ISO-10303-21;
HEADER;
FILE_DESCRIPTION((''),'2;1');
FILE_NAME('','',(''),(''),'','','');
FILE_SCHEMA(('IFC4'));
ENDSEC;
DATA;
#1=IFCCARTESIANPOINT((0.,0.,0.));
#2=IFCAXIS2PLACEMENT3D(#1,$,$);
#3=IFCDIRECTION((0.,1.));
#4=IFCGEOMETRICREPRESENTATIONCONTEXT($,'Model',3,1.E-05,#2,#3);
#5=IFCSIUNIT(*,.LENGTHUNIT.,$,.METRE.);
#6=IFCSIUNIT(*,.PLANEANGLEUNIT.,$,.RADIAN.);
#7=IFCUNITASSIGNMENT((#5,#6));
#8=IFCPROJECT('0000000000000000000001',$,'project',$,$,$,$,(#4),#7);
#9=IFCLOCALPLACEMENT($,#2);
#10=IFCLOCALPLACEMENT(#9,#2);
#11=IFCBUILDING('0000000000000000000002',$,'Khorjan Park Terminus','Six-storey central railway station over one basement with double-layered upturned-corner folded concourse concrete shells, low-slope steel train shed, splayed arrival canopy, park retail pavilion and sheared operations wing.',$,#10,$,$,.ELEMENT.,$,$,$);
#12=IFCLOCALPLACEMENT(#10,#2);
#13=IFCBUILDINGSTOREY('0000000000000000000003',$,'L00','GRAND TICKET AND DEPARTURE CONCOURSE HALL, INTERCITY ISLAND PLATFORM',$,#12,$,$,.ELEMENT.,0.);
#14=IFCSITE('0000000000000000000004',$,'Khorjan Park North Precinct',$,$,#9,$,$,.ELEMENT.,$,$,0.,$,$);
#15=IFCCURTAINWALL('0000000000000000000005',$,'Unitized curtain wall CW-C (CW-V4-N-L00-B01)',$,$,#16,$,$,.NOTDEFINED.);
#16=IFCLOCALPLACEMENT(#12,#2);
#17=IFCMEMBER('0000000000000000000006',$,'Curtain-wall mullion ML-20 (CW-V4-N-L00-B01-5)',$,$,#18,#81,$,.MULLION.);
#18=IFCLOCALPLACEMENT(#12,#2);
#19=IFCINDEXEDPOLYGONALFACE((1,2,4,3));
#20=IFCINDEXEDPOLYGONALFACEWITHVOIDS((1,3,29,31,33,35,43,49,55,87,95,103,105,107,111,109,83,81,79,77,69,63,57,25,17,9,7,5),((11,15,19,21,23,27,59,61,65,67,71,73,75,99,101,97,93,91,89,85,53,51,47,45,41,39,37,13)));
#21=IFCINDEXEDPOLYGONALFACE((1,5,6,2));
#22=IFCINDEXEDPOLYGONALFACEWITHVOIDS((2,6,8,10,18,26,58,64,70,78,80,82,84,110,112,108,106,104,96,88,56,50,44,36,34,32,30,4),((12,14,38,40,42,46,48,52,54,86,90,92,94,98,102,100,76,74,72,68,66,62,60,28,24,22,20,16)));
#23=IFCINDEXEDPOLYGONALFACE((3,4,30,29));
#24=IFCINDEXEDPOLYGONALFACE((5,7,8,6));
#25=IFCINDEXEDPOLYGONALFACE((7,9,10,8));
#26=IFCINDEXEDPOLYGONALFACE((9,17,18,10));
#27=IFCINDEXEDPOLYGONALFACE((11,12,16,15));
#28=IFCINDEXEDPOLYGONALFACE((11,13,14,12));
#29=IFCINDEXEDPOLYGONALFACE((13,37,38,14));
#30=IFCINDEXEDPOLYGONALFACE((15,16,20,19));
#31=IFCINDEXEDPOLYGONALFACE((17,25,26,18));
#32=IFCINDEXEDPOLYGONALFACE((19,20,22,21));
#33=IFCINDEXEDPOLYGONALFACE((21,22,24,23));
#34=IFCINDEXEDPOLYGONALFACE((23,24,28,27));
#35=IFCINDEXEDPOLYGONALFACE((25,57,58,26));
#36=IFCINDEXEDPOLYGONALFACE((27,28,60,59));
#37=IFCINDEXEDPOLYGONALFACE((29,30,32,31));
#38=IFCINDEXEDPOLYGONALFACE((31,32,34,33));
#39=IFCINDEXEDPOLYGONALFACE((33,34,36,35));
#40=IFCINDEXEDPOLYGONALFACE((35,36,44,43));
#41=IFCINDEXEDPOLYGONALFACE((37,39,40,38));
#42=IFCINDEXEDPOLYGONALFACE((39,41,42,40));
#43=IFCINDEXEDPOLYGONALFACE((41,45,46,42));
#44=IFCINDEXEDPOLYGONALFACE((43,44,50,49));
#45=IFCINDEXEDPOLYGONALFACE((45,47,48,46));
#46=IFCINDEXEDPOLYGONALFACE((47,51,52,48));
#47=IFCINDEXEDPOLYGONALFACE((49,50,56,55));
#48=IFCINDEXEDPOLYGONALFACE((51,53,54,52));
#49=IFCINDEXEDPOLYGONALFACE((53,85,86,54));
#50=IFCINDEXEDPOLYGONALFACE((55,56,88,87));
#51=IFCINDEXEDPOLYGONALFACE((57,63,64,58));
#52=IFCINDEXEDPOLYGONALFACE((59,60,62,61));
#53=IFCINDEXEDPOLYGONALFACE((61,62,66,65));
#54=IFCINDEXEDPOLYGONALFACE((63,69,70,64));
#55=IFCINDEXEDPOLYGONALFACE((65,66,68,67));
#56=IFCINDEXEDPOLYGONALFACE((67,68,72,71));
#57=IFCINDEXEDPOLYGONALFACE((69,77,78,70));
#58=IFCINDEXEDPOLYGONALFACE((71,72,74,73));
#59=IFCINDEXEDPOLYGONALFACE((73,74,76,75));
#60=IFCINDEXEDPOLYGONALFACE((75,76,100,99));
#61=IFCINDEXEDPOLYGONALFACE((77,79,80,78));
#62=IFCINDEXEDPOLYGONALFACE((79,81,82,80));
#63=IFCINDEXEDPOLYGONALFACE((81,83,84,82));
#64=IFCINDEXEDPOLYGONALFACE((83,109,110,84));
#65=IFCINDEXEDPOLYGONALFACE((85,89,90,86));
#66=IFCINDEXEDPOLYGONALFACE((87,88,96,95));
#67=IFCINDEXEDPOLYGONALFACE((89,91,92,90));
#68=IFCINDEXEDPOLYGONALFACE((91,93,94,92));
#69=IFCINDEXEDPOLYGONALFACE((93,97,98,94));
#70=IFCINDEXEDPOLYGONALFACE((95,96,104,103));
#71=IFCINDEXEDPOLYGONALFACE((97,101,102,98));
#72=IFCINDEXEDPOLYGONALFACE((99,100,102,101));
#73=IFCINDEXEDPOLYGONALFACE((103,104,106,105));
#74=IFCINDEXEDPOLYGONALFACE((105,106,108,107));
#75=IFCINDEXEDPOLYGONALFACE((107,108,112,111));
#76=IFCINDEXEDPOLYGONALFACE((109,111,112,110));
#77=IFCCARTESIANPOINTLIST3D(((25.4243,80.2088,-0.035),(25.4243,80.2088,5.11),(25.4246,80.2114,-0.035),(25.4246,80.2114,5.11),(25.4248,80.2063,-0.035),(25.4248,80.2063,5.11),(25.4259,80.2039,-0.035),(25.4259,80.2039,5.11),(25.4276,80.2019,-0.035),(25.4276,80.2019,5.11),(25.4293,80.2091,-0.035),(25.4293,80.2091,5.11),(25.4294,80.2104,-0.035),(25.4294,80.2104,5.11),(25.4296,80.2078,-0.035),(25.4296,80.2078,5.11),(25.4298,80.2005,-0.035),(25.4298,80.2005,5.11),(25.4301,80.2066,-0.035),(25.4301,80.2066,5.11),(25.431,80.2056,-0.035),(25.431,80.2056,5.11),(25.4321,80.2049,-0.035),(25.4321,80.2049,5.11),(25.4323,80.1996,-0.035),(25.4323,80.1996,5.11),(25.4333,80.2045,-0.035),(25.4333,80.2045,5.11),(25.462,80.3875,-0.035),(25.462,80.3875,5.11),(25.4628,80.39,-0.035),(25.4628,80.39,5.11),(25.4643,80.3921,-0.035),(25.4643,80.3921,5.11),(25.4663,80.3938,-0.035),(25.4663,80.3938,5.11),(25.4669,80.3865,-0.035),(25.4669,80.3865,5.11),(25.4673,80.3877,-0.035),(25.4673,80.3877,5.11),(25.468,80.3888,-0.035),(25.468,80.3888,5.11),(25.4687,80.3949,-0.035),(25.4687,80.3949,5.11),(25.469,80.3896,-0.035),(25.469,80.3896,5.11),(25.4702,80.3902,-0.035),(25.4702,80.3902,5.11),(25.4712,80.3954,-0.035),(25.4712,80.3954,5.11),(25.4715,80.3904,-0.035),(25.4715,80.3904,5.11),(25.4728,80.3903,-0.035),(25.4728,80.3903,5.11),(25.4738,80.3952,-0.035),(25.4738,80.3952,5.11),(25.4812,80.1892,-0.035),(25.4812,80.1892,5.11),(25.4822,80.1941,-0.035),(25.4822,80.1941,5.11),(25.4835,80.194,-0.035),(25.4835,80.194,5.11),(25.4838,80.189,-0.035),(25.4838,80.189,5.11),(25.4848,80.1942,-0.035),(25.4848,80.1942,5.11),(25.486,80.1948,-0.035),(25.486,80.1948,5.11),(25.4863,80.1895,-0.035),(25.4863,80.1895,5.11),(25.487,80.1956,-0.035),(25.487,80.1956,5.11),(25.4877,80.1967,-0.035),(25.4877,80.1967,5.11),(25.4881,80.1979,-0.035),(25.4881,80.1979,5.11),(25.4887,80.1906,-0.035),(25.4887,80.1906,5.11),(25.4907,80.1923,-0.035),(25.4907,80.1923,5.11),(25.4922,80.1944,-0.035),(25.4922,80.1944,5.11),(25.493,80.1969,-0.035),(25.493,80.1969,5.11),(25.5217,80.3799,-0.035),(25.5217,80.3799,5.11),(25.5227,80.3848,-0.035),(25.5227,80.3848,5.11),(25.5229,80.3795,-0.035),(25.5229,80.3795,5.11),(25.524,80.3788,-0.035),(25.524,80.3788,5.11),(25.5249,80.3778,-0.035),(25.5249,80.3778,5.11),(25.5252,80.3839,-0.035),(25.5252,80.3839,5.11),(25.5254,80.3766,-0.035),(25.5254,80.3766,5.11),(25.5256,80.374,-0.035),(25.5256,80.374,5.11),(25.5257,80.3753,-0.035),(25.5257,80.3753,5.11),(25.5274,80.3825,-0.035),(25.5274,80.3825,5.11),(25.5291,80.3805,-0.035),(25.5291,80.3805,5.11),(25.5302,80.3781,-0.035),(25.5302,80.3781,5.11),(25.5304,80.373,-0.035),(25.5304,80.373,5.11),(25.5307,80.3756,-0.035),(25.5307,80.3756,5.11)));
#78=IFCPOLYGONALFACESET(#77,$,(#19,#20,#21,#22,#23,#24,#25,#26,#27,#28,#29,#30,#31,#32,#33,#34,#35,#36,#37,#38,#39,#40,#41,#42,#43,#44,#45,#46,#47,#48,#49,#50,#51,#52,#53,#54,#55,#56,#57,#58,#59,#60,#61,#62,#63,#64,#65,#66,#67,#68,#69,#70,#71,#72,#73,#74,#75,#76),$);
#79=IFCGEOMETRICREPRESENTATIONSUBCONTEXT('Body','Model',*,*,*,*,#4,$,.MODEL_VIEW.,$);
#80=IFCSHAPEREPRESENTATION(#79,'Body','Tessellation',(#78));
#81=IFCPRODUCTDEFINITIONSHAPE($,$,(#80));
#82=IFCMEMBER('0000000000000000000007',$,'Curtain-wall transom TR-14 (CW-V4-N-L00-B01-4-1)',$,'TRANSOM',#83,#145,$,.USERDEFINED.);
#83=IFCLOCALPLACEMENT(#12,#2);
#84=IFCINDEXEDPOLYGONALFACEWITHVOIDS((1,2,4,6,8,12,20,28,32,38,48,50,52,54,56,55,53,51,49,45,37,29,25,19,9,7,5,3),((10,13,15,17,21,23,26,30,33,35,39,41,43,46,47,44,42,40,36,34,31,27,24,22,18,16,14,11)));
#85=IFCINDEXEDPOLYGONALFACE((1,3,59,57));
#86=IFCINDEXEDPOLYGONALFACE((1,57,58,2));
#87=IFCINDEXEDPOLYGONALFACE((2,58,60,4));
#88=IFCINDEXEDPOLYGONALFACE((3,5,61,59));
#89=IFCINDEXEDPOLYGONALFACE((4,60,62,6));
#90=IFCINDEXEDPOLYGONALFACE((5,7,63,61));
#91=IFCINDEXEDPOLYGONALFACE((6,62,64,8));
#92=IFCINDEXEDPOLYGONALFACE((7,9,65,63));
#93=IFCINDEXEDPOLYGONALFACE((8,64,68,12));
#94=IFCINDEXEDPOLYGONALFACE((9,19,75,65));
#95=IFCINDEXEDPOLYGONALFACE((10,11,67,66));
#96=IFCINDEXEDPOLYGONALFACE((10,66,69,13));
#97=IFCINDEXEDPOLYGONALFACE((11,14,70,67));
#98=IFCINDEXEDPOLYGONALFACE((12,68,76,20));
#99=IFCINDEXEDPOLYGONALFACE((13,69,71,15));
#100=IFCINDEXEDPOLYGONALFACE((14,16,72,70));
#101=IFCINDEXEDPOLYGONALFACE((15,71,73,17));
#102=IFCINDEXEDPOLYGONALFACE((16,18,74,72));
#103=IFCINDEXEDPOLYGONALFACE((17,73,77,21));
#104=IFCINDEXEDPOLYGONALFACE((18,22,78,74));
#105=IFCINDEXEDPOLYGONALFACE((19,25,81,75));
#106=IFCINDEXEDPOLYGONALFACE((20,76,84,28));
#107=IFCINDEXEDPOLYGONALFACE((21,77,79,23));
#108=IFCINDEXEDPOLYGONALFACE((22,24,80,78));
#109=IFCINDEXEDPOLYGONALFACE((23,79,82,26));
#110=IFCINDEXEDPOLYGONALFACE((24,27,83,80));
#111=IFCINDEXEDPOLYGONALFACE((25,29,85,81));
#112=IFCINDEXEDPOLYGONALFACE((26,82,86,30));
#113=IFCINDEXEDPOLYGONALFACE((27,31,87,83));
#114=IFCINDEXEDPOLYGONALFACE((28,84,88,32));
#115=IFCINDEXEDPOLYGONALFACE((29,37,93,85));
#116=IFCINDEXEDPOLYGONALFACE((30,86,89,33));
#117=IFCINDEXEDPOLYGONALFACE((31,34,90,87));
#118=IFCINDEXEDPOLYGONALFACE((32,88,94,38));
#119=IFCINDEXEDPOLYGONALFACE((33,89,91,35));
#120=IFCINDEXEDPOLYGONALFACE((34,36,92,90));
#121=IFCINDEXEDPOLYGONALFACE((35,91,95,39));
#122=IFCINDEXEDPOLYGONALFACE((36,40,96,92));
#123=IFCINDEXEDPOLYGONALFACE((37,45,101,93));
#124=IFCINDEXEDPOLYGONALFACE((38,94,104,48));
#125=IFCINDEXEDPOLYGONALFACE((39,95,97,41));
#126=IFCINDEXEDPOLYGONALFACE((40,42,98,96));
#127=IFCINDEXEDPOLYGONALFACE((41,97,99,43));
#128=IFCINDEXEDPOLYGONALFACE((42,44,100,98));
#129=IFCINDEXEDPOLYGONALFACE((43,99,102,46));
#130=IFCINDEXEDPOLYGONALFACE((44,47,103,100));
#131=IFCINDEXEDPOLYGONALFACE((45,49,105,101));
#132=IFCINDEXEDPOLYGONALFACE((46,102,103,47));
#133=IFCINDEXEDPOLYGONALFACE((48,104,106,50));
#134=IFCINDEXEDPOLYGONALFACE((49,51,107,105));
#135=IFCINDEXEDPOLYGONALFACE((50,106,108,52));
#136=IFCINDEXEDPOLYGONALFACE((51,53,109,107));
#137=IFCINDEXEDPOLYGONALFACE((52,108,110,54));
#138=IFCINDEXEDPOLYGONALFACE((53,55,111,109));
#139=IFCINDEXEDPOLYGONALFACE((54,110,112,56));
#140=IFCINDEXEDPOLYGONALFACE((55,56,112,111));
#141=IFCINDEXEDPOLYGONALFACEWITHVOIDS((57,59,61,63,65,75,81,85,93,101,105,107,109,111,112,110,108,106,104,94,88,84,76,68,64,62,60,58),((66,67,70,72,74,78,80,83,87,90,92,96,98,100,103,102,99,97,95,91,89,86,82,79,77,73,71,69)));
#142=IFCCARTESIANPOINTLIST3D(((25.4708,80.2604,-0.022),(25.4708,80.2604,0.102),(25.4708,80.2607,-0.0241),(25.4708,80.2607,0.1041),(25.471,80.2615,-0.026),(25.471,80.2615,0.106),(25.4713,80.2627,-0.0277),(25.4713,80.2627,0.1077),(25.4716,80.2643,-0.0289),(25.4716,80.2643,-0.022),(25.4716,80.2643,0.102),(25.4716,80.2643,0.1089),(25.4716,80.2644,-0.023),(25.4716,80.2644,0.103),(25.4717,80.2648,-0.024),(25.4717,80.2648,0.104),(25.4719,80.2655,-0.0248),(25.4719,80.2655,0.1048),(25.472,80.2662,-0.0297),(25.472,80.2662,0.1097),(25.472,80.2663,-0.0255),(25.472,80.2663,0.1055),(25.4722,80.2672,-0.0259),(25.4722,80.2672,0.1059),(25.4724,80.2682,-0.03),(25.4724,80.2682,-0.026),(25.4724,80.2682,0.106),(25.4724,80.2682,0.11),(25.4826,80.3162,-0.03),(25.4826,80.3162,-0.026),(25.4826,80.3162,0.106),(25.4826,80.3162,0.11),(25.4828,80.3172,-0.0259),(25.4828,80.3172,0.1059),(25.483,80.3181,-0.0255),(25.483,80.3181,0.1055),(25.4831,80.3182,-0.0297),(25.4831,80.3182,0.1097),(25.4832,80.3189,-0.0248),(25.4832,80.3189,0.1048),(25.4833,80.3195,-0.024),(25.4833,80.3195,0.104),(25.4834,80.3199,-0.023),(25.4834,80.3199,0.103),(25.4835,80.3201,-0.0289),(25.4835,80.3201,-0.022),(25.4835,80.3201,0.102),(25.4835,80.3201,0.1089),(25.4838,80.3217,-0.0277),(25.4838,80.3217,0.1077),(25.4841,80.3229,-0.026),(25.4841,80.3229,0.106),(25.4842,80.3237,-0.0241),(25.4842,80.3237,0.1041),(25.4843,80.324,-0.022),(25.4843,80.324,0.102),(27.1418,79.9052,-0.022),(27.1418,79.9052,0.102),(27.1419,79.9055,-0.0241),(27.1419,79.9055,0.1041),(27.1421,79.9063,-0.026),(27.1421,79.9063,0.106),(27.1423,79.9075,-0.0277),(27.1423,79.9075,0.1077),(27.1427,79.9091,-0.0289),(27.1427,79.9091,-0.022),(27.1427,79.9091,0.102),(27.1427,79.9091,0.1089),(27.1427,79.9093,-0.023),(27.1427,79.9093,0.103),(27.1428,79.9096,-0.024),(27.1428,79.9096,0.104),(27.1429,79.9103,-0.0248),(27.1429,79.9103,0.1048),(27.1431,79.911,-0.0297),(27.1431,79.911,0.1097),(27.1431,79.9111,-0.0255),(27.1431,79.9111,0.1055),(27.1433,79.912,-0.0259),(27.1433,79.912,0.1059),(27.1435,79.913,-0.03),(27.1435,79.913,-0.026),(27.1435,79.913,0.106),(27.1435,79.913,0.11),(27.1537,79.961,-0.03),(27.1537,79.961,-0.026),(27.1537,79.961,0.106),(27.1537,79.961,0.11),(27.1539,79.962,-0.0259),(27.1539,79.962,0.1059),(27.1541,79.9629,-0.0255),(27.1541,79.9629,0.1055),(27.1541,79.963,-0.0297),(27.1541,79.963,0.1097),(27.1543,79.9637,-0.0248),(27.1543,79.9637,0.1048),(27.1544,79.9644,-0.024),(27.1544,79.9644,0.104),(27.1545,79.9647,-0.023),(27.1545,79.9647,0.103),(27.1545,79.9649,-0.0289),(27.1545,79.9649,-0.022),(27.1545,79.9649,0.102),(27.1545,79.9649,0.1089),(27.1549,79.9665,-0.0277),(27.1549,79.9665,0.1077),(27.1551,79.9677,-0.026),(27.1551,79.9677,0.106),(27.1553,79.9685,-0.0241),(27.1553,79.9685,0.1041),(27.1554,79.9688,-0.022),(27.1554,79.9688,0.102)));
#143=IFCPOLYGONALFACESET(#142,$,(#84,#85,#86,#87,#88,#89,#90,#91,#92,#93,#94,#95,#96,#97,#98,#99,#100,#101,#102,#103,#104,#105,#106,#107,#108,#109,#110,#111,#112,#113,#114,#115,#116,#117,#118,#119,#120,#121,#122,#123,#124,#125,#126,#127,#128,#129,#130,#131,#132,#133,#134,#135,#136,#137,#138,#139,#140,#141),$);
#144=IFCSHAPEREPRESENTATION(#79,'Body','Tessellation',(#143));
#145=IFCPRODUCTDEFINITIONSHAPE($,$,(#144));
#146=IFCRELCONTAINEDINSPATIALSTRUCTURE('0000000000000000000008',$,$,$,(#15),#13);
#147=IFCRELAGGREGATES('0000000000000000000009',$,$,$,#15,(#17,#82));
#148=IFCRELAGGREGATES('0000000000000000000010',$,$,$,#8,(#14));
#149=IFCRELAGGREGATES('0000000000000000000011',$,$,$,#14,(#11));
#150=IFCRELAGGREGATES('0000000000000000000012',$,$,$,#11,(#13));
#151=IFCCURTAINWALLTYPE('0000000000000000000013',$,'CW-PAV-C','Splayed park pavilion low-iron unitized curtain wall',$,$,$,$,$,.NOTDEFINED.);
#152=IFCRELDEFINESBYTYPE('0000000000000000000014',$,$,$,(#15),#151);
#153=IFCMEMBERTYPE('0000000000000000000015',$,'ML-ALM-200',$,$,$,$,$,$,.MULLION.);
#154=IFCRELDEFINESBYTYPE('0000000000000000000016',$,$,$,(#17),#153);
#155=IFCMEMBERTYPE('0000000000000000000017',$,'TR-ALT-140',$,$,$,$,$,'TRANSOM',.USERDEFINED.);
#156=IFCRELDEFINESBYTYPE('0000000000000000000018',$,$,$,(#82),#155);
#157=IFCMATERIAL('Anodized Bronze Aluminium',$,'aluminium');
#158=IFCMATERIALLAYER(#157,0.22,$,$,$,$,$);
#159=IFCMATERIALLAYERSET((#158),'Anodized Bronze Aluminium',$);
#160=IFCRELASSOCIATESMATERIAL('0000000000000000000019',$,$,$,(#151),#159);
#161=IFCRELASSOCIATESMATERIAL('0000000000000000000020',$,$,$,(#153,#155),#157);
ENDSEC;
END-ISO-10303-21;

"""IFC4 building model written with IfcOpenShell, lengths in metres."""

from ifc_helpers import new_model, si_unit, direction, frame, origin, origin_2d, place, context, subcontext, project, spatial, hollow_rectangle, extrude, material, layer, layer_set, material_profile, profile_set, type_object, element, aggregate, save


model = new_model("IFC4")

# Units and contexts
model_context = context("Model", 3, precision=1e-05, world=origin(), true_north=direction((0.0, 1.0)))
body_context = subcontext(model_context, "Body", "Model", "MODEL_VIEW")
ifc_project = project(units=[si_unit("LENGTHUNIT", "METRE"), si_unit("PLANEANGLEUNIT", "RADIAN")], contexts=[model_context])

# Site, building, storey
site_placement = place(None, origin())
site = spatial("IfcSite", under=ifc_project, at=site_placement, Name="Khorjan Park North Precinct", CompositionType="ELEMENT", RefElevation=0.0)
building_placement = place(site_placement, origin())
building = spatial("IfcBuilding", under=site, at=building_placement, Name="Khorjan Park Terminus", Description="Six-storey central railway station over one basement with double-layered upturned-corner folded concourse concrete shells, low-slope steel train shed, splayed arrival canopy, park retail pavilion and sheared operations wing.", CompositionType="ELEMENT")
storey_placement = place(building_placement, origin())
storey = spatial("IfcBuildingStorey", under=building, at=storey_placement, Name="L00", Description="GRAND TICKET AND DEPARTURE CONCOURSE HALL, INTERCITY ISLAND PLATFORM", CompositionType="ELEMENT", Elevation=0.0)

# Curtain wall, members
ifc_material_1 = material(Name="Anodized Bronze Aluminium", Category="aluminium")
ifc_layer_1 = layer(ifc_material_1, 0.22)
ifc_layer_set_1 = layer_set([ifc_layer_1], Name="Anodized Bronze Aluminium")
curtain_wall_type = type_object("IfcCurtainWallType", Name="CW-PAV-C", Description="Splayed park pavilion low-iron unitized curtain wall", PredefinedType="NOTDEFINED", material=ifc_layer_set_1)
curtain_wall_placement = place(storey_placement, origin())
curtain_wall = element("IfcCurtainWall", 1, at=curtain_wall_placement, inside=storey, type_object=curtain_wall_type, Name="Unitized curtain wall CW-C (CW-V4-N-L00-B01)", PredefinedType="NOTDEFINED")
ifc_material_profile_1 = material_profile(ifc_material_1, hollow_rectangle(XDim=0.07, YDim=0.2, WallThickness=0.005, InnerFilletRadius=0.005, OuterFilletRadius=0.01, at=origin_2d()), Name="ALM 70x200x5")
ifc_profile_set_1 = profile_set([ifc_material_profile_1], Name="Anodized Bronze Aluminium")
member_type_1 = type_object("IfcMemberType", Name="ML-ALM-200", PredefinedType="MULLION", material=ifc_profile_set_1)
member_1_placement = place(storey_placement, frame((25.4775, 80.2922, -0.035), z_axis=(0.0, 0.0, 1.0), x_axis=(-0.97815, 0.207903, 0.0)))
member_1 = element("IfcMember", 2, at=member_1_placement, type_object=member_type_1, Name="Curtain-wall mullion ML-20 (CW-V4-N-L00-B01-5)", PredefinedType="MULLION", context=body_context, shape_type="SweptSolid", body=[
    extrude(hollow_rectangle(XDim=0.07, YDim=0.2, WallThickness=0.005, InnerFilletRadius=0.005, OuterFilletRadius=0.01, at=origin_2d()), origin(), (0.0, 0.0, 1.0), 5.145),
])
ifc_material_profile_2 = material_profile(ifc_material_1, hollow_rectangle(XDim=0.065, YDim=0.14, WallThickness=0.004, InnerFilletRadius=0.004, OuterFilletRadius=0.008, at=origin_2d()), Name="ALT 65x140x4")
ifc_profile_set_2 = profile_set([ifc_material_profile_2], Name="Anodized Bronze Aluminium")
member_type_2 = type_object("IfcMemberType", Name="TR-ALT-140", ElementType="TRANSOM", PredefinedType="USERDEFINED", material=ifc_profile_set_2)
member_2_placement = place(storey_placement, frame((27.1486, 79.937, 0.04), z_axis=(-0.978148, 0.20791, 0.0), x_axis=(-0.20791, -0.978148, 0.0)))
member_2 = element("IfcMember", 3, at=member_2_placement, type_object=member_type_2, Name="Curtain-wall transom TR-14 (CW-V4-N-L00-B01-4-1)", ObjectType="TRANSOM", PredefinedType="USERDEFINED", context=body_context, shape_type="SweptSolid", body=[
    extrude(hollow_rectangle(XDim=0.065, YDim=0.14, WallThickness=0.004, InnerFilletRadius=0.004, OuterFilletRadius=0.008, at=origin_2d()), origin(), (0.0, 0.0, 1.0), 1.7084),
])
aggregate(curtain_wall, [member_1, member_2])

save(model, "model.ifc")
